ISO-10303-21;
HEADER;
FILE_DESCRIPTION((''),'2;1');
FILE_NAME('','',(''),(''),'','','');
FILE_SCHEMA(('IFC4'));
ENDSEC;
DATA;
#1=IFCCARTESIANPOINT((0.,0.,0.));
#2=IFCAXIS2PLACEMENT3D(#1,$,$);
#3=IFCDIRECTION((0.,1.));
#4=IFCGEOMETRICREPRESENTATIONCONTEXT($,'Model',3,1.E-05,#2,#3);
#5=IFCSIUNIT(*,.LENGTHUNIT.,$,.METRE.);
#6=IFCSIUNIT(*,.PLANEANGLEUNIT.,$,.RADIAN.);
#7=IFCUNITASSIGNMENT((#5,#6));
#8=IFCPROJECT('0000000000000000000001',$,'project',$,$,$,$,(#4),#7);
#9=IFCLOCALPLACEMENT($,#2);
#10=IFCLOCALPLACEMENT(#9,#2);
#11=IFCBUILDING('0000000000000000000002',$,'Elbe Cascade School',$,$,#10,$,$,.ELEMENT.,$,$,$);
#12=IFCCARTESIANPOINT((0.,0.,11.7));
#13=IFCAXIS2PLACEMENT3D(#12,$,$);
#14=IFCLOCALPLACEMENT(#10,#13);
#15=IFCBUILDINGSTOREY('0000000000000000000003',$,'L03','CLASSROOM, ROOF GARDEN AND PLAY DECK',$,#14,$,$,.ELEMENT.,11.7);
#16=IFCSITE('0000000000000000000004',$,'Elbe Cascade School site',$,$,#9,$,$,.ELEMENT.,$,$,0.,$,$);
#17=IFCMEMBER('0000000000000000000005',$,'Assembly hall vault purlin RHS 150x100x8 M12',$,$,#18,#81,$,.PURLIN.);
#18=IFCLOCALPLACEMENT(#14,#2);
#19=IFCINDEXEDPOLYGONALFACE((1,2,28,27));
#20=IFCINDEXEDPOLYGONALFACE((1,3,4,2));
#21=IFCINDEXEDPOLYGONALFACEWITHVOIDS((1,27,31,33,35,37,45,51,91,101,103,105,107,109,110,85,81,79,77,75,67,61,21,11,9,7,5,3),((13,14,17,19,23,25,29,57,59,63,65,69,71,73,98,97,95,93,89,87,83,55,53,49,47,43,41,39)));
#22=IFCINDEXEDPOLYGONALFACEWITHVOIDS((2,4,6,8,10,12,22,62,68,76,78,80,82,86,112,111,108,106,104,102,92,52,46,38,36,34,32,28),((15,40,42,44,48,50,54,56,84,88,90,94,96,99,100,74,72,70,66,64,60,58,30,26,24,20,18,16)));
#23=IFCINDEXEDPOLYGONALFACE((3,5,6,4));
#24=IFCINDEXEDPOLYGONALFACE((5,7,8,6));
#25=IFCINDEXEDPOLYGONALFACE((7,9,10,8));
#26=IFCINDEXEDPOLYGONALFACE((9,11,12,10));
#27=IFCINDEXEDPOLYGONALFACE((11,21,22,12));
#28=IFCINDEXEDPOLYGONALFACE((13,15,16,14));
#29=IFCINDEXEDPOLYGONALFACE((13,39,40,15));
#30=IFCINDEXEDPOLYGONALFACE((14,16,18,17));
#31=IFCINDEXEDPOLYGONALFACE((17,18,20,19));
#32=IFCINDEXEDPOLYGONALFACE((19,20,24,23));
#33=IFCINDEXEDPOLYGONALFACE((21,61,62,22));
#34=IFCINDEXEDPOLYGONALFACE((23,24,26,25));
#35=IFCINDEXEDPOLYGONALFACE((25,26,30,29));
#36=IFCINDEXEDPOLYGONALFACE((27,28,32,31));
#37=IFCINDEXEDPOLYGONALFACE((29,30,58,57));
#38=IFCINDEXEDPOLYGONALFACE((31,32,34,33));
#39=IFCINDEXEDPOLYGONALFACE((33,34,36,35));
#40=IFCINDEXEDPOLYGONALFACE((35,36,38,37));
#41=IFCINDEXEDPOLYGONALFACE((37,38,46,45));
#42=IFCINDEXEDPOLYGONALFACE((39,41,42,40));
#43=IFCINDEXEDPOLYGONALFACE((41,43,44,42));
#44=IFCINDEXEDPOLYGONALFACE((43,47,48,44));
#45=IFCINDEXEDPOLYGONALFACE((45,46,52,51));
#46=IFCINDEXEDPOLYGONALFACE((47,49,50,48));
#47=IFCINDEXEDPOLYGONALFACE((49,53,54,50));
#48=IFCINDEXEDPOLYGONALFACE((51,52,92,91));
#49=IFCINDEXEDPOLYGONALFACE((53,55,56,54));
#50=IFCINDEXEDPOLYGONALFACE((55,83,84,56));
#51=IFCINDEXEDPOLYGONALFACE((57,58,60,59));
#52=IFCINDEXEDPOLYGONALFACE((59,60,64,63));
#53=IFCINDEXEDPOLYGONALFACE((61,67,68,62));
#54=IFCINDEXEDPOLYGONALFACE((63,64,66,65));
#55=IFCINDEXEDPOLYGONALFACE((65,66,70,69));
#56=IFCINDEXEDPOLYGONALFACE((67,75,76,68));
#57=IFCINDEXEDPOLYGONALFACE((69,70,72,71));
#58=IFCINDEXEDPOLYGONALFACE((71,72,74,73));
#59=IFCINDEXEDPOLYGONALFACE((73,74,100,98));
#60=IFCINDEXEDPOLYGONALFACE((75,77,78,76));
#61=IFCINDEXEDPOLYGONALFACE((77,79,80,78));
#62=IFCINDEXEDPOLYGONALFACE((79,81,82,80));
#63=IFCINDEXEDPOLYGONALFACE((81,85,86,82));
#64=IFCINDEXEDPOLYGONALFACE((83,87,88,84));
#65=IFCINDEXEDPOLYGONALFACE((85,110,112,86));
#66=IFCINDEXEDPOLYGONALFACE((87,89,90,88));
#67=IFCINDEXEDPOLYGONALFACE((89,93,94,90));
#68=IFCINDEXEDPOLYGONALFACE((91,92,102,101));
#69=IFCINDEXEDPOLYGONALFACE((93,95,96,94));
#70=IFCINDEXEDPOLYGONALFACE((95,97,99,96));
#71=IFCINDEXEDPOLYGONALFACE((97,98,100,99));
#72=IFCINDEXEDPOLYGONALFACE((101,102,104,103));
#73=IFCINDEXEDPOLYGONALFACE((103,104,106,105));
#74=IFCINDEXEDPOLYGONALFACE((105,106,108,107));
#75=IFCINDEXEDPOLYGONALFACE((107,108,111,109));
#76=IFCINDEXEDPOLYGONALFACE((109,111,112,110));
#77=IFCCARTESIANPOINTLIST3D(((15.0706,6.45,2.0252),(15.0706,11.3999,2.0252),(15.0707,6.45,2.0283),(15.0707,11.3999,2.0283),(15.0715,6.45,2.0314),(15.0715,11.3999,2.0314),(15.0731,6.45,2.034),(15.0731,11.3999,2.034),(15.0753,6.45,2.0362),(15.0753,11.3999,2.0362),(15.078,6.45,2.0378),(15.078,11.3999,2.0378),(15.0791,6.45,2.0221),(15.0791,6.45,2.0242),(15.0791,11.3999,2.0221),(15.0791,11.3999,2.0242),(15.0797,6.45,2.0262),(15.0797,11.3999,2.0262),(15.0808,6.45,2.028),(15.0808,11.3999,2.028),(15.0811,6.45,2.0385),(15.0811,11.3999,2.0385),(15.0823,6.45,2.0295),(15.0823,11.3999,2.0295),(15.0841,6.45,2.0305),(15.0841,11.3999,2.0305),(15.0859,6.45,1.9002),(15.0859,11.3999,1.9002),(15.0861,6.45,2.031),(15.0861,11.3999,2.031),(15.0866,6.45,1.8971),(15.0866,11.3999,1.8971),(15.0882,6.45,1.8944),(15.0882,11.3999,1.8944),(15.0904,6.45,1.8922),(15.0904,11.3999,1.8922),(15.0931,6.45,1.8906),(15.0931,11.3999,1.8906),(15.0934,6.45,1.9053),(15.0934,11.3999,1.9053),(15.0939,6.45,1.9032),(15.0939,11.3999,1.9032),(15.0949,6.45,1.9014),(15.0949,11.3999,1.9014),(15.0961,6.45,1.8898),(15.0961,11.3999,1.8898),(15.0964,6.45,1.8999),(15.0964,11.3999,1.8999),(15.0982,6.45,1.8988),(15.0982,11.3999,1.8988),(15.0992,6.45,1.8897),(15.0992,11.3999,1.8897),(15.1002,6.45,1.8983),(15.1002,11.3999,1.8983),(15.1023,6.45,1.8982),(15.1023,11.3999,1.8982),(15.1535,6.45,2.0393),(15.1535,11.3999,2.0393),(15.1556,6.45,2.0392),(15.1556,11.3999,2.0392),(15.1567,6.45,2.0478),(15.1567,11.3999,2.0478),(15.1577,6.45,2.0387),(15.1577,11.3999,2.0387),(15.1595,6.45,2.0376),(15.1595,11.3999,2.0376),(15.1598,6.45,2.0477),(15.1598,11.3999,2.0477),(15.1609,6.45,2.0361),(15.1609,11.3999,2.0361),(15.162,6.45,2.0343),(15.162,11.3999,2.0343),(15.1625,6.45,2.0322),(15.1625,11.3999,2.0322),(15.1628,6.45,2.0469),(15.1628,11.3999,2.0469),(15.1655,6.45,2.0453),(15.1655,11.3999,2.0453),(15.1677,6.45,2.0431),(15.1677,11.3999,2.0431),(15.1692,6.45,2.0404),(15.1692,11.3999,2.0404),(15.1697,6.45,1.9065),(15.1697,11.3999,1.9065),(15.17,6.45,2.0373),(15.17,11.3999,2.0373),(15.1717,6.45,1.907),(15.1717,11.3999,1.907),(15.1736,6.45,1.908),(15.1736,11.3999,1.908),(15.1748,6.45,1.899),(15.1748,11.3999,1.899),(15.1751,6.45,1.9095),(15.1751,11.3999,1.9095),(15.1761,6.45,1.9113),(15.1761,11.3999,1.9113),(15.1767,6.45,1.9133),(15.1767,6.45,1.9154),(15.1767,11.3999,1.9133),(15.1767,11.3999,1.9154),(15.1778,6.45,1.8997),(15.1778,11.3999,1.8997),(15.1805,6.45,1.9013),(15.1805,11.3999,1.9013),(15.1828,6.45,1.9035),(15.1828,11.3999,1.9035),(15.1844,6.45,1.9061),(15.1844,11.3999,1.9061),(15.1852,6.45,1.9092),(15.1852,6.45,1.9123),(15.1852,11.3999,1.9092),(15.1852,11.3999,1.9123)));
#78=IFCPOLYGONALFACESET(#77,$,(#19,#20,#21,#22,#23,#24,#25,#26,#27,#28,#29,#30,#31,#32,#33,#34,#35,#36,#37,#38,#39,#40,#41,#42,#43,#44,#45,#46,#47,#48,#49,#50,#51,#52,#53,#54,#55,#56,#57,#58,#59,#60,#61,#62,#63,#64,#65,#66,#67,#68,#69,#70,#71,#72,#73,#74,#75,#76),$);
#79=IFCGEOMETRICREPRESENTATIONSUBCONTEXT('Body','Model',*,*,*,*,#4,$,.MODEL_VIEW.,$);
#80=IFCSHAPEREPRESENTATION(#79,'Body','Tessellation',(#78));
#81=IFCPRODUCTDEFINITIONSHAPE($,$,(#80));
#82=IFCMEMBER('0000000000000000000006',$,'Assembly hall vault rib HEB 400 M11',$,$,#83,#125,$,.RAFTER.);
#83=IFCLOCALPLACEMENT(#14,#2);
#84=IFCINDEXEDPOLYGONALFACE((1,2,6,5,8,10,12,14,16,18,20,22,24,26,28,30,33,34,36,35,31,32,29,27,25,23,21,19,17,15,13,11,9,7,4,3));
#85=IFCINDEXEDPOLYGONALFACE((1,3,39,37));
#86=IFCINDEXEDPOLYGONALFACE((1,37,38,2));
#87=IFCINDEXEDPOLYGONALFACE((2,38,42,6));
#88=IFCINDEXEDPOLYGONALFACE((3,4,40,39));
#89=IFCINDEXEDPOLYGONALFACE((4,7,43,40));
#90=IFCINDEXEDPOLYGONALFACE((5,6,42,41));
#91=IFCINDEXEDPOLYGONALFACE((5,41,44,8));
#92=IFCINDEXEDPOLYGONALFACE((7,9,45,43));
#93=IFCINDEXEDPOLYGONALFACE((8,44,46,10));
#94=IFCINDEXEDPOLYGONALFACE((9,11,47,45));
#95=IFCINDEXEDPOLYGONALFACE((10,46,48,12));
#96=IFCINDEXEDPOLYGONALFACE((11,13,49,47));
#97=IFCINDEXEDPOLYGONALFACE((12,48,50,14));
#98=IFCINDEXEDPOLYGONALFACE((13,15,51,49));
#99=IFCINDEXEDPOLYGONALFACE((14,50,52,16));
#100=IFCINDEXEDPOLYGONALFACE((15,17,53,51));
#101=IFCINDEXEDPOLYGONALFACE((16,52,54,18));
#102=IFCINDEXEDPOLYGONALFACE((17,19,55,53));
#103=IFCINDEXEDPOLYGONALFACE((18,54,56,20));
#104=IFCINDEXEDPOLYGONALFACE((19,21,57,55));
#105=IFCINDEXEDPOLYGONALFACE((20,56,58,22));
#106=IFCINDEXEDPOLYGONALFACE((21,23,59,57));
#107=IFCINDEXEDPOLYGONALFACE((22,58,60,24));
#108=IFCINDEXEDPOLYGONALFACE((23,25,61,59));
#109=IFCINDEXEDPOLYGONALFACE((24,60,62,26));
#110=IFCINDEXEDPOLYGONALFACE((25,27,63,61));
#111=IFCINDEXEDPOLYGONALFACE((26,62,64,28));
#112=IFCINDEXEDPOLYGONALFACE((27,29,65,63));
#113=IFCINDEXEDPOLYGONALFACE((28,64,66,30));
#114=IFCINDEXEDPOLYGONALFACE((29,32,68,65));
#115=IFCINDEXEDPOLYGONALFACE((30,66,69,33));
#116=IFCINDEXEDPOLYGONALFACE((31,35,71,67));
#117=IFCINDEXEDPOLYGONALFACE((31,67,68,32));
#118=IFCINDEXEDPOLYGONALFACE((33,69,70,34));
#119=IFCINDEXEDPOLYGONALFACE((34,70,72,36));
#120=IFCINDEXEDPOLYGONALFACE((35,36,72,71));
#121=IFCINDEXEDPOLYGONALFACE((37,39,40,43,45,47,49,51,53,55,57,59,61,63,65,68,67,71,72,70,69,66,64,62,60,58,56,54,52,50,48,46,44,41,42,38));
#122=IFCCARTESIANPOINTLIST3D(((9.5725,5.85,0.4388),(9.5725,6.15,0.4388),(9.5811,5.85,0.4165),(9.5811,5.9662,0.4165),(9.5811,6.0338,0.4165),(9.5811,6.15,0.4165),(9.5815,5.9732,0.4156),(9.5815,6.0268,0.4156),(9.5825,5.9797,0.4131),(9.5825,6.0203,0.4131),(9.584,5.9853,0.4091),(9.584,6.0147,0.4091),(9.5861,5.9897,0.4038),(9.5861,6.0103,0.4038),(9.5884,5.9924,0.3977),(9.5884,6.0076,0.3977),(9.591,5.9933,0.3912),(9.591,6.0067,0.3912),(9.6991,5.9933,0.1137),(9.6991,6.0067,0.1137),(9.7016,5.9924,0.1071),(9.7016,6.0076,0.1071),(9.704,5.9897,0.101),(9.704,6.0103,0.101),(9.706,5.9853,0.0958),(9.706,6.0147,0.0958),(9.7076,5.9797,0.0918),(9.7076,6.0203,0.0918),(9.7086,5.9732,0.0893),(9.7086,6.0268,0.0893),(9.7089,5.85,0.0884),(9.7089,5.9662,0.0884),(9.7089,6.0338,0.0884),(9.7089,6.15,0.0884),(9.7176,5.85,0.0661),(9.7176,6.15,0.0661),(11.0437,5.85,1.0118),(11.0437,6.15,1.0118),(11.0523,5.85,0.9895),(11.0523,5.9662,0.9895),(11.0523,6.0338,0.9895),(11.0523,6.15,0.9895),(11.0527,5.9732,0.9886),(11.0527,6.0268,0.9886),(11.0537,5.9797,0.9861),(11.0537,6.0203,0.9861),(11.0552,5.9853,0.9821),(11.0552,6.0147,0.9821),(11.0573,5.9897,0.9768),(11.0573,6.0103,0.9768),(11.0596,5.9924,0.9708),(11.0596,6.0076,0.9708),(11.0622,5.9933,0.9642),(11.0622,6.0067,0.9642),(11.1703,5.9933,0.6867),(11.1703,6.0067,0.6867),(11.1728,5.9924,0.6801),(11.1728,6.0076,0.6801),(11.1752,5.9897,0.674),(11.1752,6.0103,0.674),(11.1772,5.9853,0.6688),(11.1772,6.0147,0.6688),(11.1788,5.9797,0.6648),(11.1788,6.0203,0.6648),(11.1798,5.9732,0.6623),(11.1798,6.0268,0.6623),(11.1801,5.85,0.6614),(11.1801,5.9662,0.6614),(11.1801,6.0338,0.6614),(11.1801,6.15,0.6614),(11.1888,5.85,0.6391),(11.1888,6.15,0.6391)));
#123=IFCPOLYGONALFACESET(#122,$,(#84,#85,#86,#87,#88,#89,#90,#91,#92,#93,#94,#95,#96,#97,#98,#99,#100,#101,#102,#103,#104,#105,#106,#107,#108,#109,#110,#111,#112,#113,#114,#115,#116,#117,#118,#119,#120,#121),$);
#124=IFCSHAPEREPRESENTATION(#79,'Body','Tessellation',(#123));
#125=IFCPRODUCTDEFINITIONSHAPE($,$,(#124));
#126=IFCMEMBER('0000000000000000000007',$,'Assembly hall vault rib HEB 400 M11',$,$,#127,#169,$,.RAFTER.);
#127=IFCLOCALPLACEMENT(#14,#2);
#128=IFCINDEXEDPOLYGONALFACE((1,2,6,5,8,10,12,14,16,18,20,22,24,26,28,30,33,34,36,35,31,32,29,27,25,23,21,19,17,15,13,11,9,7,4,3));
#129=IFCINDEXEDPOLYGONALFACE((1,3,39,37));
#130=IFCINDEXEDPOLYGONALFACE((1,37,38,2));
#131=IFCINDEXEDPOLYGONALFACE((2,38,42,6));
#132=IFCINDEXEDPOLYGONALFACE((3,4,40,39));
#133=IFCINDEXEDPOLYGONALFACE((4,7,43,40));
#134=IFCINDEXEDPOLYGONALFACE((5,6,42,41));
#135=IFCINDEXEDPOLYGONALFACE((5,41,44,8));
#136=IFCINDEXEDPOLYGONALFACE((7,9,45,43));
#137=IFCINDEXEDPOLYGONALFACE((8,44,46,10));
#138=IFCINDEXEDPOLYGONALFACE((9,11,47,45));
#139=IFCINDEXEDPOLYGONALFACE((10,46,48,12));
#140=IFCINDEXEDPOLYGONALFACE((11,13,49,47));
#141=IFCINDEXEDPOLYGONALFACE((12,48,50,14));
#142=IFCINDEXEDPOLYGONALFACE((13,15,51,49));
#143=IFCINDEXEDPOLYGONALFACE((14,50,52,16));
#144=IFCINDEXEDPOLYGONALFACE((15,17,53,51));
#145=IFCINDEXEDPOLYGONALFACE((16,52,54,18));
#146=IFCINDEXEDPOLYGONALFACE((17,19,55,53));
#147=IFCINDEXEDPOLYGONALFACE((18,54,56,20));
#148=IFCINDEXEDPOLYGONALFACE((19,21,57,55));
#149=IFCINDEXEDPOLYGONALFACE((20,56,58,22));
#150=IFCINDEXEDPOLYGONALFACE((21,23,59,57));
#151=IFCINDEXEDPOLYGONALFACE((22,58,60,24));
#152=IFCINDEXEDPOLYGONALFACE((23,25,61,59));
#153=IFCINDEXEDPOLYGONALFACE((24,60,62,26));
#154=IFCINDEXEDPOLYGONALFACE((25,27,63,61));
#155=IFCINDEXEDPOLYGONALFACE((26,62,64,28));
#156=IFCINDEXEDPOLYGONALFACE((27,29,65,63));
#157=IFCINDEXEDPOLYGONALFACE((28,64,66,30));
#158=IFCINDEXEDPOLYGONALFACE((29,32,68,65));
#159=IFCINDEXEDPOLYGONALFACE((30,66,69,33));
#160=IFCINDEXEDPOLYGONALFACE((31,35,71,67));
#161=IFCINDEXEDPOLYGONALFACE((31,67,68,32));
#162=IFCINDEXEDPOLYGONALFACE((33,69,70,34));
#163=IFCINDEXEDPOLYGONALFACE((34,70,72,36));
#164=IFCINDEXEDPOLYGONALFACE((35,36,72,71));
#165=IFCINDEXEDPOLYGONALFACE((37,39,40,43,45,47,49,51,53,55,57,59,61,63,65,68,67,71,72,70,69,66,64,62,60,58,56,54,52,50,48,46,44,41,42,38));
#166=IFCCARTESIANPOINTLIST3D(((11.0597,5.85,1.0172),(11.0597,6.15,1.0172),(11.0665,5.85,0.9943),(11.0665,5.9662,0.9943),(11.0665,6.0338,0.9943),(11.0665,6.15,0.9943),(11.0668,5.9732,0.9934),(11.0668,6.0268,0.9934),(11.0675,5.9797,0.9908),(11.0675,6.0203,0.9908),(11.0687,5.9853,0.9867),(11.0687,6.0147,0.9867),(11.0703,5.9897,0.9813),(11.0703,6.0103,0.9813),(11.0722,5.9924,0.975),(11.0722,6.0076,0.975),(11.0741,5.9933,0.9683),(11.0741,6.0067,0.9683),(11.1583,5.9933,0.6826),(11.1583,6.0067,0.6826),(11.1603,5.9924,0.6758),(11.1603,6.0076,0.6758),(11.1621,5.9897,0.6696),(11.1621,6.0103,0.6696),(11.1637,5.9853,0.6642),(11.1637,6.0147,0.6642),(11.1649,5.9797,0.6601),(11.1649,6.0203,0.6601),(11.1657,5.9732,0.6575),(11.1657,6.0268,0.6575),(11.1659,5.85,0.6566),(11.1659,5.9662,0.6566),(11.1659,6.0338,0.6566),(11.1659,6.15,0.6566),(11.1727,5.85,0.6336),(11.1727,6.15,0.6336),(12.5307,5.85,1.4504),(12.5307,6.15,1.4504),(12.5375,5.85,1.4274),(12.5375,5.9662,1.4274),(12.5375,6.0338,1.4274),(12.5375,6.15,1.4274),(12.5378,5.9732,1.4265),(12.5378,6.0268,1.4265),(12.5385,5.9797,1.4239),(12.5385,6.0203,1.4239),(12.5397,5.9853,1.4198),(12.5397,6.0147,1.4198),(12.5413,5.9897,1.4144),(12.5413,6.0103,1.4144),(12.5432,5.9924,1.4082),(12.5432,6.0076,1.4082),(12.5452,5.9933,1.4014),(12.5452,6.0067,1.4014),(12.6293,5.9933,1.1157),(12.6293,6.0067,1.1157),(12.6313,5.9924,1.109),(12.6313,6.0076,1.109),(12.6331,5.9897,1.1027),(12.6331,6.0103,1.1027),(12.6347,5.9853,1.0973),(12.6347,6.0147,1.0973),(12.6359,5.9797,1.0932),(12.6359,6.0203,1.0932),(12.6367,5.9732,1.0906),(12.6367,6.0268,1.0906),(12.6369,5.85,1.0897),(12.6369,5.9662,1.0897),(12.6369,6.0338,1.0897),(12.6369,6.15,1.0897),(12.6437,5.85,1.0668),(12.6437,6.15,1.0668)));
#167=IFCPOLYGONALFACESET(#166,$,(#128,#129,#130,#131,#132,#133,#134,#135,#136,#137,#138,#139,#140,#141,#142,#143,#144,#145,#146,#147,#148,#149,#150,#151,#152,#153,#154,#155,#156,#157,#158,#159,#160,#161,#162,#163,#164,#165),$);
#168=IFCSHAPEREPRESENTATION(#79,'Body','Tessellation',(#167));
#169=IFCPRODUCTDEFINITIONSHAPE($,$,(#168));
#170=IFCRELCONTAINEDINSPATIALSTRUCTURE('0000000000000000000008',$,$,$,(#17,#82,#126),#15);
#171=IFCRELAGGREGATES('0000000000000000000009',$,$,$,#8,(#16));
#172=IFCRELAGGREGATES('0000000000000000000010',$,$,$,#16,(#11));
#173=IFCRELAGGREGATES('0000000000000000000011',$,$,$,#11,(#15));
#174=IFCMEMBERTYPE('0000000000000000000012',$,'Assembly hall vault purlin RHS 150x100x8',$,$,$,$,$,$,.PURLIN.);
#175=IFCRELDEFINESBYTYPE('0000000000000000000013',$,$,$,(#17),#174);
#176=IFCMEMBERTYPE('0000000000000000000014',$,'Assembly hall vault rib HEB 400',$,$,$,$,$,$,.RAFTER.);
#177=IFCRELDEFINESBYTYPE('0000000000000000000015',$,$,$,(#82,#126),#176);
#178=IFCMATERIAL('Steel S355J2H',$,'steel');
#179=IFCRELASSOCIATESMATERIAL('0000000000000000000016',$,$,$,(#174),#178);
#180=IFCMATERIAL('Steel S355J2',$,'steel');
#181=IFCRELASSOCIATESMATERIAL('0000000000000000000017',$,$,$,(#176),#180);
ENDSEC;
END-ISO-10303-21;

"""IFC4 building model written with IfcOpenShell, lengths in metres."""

from ifc_helpers import new_model, si_unit, direction, frame, origin, origin_2d, place, context, subcontext, project, spatial, hollow_rectangle, i_section, extrude, material, material_profile, profile_set, type_object, element, save


model = new_model("IFC4")

# Units and contexts
model_context = context("Model", 3, precision=1e-05, world=origin(), true_north=direction((0.0, 1.0)))
body_context = subcontext(model_context, "Body", "Model", "MODEL_VIEW")
ifc_project = project(units=[si_unit("LENGTHUNIT", "METRE"), si_unit("PLANEANGLEUNIT", "RADIAN")], contexts=[model_context])

# Site, building, storey
site_placement = place(None, origin())
site = spatial("IfcSite", under=ifc_project, at=site_placement, Name="Elbe Cascade School site", CompositionType="ELEMENT", RefElevation=0.0)
building_placement = place(site_placement, origin())
building = spatial("IfcBuilding", under=site, at=building_placement, Name="Elbe Cascade School", CompositionType="ELEMENT")
storey_placement = place(building_placement, frame((0.0, 0.0, 11.7)))
storey = spatial("IfcBuildingStorey", under=building, at=storey_placement, Name="L03", Description="CLASSROOM, ROOF GARDEN AND PLAY DECK", CompositionType="ELEMENT", Elevation=11.7)

# Members
ifc_material_1 = material(Name="Steel S355J2H", Category="steel")
ifc_material_profile_1 = material_profile(ifc_material_1, hollow_rectangle(XDim=0.1001, YDim=0.1499, WallThickness=0.0081, InnerFilletRadius=0.0081, OuterFilletRadius=0.012, at=origin_2d()), Name="RHS 150x100x8")
ifc_profile_set_1 = profile_set([ifc_material_profile_1], Name="Steel S355J2H")
member_type_1 = type_object("IfcMemberType", Name="Assembly hall vault purlin RHS 150x100x8", PredefinedType="PURLIN", material=ifc_profile_set_1)
for number, where, z_axis, x_axis, name in (
    (1, (15.1279, 6.45, 1.9688), (0.0, 1.0, 0.0), (-0.992652, 0.0, -0.121003), "Assembly hall vault purlin RHS 150x100x8 M12"),
):
    element("IfcMember", number, at=place(storey_placement, frame(where, z_axis=z_axis, x_axis=x_axis)), inside=storey, type_object=member_type_1, Name=name, PredefinedType="PURLIN", context=body_context, shape_type="SweptSolid", body=[
        extrude(hollow_rectangle(XDim=0.1001, YDim=0.1499, WallThickness=0.0081, InnerFilletRadius=0.0081, OuterFilletRadius=0.012, at=origin_2d()), origin(), (0.0, 0.0, 1.0), 4.95),
    ])
ifc_material_2 = material(Name="Steel S355J2", Category="steel")
ifc_material_profile_2 = material_profile(ifc_material_2, i_section(OverallWidth=0.3, OverallDepth=0.3999, WebThickness=0.0134, FlangeThickness=0.0239, FilletRadius=0.0271, at=origin_2d()), Name="HEB 400")
ifc_profile_set_2 = profile_set([ifc_material_profile_2], Name="Steel S355J2")
member_type_2 = type_object("IfcMemberType", Name="Assembly hall vault rib HEB 400", PredefinedType="RAFTER", material=ifc_profile_set_2)
member_1_placement = place(storey_placement, frame((9.645, 6.0, 0.2524), z_axis=(0.931819, 0.0, 0.362924), x_axis=(0.0, 1.0, 0.0)))
element("IfcMember", 2, at=member_1_placement, inside=storey, type_object=member_type_2, Name="Assembly hall vault rib HEB 400 M11", PredefinedType="RAFTER", context=body_context, shape_type="SweptSolid", body=[
    extrude(i_section(OverallWidth=0.3, OverallDepth=0.3999, WebThickness=0.0134, FlangeThickness=0.0239, FilletRadius=0.0271, at=origin_2d()), origin(), (0.0, 0.0, 1.0), 1.5789),
])
member_2_placement = place(storey_placement, frame((11.1162, 6.0, 0.8254), z_axis=(0.959282, 0.0, 0.282451), x_axis=(0.0, 1.0, 0.0)))
element("IfcMember", 3, at=member_2_placement, inside=storey, type_object=member_type_2, Name="Assembly hall vault rib HEB 400 M11", PredefinedType="RAFTER", context=body_context, shape_type="SweptSolid", body=[
    extrude(i_section(OverallWidth=0.3, OverallDepth=0.3999, WebThickness=0.0134, FlangeThickness=0.0239, FilletRadius=0.0271, at=origin_2d()), origin(), (0.0, 0.0, 1.0), 1.5334),
])

save(model, "model.ifc")
